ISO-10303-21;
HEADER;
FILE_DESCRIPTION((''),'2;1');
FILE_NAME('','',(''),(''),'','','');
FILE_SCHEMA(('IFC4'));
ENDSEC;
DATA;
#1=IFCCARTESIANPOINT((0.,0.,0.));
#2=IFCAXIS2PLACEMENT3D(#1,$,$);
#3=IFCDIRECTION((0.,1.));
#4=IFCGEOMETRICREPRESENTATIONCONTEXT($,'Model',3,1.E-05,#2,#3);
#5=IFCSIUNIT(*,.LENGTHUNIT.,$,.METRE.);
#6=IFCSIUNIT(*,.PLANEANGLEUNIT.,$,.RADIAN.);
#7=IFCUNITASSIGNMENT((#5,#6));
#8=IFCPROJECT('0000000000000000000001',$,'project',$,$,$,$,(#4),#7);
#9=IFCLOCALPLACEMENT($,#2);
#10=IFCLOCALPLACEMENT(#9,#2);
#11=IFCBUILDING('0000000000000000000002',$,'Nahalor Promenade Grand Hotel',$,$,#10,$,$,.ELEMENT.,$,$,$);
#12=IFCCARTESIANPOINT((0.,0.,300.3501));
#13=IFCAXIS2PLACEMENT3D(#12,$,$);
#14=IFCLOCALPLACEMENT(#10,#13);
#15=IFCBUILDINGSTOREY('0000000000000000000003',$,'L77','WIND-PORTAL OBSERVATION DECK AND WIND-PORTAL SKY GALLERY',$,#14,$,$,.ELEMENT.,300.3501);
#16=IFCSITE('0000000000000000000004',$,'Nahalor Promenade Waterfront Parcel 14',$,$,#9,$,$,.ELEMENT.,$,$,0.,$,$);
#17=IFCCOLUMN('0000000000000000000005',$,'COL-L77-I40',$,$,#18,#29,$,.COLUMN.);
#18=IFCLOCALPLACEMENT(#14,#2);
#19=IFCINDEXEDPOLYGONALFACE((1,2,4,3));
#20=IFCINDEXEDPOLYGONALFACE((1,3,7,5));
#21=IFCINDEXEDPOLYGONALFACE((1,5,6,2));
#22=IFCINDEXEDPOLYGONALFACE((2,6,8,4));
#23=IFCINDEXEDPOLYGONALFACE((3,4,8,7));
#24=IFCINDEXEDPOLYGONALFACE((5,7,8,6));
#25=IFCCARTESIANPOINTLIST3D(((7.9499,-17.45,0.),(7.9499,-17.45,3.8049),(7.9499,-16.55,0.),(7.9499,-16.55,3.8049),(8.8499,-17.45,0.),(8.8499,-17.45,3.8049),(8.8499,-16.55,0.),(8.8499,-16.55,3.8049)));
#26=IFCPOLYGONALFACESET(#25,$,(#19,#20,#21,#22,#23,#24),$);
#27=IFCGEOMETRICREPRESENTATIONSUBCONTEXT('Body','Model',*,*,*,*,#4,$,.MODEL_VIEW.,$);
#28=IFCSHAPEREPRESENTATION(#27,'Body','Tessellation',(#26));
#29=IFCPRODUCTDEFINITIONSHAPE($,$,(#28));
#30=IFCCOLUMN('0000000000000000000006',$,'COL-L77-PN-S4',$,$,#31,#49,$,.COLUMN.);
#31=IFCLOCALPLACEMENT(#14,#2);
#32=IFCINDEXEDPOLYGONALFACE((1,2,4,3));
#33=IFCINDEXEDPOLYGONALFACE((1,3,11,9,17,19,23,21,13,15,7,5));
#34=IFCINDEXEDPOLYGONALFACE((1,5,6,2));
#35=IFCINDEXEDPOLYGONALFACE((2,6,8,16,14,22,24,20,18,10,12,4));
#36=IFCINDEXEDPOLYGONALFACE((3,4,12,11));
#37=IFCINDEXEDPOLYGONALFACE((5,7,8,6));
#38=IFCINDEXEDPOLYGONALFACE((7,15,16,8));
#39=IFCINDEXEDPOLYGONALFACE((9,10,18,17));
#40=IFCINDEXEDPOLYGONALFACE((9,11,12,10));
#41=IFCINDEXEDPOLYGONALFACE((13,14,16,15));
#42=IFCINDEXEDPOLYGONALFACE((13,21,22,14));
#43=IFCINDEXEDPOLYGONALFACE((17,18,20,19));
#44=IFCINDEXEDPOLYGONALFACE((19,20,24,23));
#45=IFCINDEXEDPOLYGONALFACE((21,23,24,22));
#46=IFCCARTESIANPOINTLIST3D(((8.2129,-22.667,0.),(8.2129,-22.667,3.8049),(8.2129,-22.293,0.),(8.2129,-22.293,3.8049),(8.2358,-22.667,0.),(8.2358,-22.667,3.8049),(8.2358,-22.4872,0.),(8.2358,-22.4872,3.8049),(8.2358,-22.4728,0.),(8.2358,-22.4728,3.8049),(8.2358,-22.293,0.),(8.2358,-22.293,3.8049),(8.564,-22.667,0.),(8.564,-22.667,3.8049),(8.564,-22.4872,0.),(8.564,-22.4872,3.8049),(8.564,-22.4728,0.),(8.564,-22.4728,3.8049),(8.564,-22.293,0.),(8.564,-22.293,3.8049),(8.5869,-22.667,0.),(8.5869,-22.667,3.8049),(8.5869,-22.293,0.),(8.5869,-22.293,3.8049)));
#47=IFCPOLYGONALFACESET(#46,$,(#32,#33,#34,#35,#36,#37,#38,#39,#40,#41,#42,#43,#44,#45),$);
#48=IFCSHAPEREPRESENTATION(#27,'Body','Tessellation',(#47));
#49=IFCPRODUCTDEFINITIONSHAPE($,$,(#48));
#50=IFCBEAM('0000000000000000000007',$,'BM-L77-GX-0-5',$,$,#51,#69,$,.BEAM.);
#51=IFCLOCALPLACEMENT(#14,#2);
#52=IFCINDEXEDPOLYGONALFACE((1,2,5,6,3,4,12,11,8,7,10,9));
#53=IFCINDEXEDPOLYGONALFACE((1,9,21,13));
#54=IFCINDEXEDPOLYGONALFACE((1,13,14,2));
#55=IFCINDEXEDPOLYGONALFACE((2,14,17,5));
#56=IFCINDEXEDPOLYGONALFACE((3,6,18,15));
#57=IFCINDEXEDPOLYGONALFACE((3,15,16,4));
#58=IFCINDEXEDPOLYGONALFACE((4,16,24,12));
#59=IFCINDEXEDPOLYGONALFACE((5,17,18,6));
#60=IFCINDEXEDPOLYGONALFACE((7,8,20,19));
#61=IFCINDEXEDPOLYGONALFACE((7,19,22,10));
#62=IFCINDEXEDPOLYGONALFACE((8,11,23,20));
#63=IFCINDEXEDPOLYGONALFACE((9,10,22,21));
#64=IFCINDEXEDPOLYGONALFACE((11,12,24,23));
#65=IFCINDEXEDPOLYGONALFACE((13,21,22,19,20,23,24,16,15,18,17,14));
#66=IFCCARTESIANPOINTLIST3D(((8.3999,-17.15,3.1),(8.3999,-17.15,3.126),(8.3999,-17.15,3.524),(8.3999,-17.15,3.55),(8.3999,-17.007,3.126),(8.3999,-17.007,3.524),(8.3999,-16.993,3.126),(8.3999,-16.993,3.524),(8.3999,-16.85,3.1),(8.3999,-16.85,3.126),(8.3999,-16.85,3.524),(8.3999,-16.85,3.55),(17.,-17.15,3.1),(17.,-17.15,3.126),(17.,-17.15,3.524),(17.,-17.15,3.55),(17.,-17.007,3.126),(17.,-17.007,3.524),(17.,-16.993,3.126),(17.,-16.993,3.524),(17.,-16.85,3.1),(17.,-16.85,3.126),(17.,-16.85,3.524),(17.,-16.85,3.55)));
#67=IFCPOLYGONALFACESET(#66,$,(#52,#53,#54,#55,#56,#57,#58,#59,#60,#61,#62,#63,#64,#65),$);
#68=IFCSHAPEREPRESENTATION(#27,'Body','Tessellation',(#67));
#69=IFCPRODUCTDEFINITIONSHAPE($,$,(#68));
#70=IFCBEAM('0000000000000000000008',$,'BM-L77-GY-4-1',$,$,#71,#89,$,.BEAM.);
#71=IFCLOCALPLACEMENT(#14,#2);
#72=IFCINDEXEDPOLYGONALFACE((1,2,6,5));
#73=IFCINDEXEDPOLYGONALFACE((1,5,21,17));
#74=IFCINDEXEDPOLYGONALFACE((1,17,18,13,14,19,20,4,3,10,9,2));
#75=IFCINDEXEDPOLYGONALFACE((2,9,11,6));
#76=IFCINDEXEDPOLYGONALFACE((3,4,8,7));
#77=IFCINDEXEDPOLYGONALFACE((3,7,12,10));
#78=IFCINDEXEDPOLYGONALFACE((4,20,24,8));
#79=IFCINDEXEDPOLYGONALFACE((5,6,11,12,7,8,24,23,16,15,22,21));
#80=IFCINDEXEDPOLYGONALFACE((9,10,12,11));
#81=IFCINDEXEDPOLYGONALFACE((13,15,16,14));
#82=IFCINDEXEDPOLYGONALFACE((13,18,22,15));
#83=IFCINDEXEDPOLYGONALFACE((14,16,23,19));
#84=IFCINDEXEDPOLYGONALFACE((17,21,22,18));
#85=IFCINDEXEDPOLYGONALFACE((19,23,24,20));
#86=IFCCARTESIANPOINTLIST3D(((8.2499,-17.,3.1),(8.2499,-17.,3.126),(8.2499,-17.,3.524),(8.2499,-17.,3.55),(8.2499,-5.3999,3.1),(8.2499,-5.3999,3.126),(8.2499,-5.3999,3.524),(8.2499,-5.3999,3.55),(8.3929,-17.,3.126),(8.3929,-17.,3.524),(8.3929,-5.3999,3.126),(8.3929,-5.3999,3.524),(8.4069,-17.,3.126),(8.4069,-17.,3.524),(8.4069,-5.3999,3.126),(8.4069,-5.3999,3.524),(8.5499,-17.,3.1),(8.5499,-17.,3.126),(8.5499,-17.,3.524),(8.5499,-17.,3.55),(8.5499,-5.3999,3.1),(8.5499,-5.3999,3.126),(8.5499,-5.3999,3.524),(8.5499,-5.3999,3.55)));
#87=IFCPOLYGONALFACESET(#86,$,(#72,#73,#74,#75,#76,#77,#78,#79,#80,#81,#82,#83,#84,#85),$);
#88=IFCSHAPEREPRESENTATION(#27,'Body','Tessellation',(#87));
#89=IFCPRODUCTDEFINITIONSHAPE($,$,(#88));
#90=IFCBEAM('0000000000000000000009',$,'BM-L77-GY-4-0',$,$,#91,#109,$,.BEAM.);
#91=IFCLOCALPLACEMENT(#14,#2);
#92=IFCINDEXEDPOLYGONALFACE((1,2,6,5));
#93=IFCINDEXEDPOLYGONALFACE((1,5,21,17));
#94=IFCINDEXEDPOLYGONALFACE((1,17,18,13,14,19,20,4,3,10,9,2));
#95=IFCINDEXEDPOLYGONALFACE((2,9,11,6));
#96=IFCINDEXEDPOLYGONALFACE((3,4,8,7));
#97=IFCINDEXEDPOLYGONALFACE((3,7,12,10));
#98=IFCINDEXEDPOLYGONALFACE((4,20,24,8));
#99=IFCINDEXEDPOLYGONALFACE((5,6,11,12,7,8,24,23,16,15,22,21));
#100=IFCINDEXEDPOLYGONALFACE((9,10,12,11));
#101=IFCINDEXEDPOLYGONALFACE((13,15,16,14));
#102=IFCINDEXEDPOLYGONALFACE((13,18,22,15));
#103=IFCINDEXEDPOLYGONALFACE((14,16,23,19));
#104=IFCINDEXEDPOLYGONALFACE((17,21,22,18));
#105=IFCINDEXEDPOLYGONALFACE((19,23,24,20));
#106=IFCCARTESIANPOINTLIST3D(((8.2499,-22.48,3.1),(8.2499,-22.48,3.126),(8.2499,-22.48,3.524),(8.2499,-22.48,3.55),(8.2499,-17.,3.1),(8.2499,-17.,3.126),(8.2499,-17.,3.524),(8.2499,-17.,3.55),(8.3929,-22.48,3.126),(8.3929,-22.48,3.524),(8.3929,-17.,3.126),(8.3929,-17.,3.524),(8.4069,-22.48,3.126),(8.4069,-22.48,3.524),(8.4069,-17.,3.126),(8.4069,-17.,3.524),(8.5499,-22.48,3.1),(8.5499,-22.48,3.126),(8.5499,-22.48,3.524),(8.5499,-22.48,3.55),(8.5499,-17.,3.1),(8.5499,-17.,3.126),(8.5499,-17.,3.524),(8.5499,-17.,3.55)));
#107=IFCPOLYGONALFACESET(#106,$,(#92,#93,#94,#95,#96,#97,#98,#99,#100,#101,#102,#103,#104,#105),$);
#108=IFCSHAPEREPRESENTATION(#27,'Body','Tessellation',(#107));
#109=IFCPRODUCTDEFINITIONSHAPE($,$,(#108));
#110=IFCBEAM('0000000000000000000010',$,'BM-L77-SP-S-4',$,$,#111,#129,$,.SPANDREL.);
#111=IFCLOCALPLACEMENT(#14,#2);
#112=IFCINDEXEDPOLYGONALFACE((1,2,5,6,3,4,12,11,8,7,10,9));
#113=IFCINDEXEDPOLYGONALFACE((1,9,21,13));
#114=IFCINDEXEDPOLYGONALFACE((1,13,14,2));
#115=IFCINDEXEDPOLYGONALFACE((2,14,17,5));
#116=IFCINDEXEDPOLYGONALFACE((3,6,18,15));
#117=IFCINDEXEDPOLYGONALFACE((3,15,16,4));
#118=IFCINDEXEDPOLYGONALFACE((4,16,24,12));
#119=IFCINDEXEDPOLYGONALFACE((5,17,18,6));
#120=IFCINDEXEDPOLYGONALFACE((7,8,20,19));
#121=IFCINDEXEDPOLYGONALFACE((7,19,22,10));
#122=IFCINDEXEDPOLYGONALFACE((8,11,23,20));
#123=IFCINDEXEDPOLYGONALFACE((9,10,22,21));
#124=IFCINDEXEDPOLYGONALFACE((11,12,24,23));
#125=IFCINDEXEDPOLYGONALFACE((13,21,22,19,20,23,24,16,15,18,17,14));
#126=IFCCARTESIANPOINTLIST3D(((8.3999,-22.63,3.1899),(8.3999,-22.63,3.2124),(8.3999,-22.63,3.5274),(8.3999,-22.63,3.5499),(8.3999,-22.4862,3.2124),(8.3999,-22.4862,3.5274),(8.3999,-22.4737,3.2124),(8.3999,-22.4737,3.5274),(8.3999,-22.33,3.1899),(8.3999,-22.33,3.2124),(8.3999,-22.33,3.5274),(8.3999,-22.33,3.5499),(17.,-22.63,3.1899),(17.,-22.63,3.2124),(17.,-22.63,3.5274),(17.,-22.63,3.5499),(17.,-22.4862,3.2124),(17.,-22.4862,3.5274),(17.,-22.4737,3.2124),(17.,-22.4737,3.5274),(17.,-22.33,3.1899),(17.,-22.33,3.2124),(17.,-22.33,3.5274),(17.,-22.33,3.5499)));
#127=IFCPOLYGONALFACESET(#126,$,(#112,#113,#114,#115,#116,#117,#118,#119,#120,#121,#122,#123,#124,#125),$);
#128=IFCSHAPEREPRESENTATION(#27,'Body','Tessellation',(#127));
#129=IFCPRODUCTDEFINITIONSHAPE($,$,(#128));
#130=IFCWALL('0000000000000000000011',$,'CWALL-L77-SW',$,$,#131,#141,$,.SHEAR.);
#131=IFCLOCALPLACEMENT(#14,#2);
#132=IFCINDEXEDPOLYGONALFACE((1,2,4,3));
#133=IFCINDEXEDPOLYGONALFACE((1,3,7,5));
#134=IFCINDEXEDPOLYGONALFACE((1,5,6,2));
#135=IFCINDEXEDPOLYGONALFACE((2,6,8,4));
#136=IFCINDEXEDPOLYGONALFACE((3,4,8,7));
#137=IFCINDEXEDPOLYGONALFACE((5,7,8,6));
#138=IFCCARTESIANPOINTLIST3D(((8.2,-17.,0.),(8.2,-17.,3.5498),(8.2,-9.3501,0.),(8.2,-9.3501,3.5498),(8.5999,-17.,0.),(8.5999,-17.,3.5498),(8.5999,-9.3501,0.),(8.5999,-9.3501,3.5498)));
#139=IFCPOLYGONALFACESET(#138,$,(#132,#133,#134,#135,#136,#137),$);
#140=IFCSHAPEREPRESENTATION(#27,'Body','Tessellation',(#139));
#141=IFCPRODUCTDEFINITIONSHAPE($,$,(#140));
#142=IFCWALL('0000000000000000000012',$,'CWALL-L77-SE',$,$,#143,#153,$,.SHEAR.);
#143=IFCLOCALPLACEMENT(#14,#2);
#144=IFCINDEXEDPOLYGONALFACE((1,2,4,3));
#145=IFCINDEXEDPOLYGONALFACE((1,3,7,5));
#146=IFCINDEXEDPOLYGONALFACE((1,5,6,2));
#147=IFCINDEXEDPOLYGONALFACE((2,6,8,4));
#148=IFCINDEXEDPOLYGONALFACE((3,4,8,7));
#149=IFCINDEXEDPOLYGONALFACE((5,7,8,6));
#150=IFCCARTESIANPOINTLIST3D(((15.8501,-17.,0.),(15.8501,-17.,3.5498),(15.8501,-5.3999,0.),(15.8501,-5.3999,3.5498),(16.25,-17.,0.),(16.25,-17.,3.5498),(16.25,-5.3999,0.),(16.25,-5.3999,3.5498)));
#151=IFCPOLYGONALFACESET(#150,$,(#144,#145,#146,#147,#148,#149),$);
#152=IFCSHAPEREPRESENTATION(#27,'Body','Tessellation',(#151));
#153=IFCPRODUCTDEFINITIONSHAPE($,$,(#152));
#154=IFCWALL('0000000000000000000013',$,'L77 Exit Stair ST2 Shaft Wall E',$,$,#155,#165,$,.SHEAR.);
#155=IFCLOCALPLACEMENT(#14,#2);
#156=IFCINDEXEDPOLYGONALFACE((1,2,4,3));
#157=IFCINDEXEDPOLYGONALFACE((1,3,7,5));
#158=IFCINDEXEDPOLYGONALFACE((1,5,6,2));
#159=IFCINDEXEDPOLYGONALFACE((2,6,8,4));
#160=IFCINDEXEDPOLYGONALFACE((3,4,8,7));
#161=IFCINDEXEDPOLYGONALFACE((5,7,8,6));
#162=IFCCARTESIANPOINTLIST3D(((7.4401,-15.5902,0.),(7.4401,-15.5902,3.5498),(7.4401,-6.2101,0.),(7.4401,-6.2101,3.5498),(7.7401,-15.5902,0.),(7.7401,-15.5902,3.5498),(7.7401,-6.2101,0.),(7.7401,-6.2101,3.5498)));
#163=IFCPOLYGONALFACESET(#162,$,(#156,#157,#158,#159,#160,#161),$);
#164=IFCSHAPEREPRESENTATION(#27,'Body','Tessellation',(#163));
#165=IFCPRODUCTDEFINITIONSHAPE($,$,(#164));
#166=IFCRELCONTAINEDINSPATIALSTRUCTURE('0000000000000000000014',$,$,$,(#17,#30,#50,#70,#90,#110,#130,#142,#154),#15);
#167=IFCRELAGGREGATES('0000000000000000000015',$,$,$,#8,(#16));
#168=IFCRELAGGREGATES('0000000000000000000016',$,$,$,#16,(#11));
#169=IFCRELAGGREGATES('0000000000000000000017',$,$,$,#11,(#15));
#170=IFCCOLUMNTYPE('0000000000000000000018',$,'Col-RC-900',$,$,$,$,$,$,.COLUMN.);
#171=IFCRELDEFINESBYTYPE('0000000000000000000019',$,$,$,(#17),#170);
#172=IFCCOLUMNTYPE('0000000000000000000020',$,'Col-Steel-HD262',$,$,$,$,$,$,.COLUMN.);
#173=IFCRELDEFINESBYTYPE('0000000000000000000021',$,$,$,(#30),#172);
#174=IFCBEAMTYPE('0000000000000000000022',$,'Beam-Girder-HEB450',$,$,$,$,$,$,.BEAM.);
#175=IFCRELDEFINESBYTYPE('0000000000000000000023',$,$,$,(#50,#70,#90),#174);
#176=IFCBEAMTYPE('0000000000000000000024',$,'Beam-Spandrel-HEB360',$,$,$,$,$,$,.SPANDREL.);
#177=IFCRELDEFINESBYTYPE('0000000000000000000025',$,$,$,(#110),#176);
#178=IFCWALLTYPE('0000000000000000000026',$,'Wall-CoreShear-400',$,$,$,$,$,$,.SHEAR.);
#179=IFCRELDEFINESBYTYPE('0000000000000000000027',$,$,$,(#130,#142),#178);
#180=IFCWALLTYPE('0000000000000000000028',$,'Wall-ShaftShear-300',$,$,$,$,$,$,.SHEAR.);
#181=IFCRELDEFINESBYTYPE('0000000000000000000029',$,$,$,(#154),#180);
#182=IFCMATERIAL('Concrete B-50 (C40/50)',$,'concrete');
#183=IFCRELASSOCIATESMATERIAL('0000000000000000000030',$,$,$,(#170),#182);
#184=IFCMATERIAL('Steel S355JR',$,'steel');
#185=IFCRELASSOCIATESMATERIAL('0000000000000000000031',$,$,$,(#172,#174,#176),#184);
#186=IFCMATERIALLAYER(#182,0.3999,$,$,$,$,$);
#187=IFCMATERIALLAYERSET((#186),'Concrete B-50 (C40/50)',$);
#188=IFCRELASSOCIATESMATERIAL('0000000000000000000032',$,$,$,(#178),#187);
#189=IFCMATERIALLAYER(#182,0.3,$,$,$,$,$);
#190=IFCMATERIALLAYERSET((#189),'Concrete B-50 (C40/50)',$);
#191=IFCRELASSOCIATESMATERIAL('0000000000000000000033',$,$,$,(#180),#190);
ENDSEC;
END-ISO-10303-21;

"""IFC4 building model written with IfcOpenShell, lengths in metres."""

from ifc_helpers import new_model, si_unit, direction, frame, frame_2d, origin, origin_2d, place, context, subcontext, project, spatial, rectangle, i_section, extrude, source, transform, mapped, material, layer, layer_set, material_profile, profile_set, type_object, element, save


model = new_model("IFC4")

# Units and contexts
model_context = context("Model", 3, precision=1e-05, world=origin(), true_north=direction((0.0, 1.0)))
body_context = subcontext(model_context, "Body", "Model", "MODEL_VIEW")
ifc_project = project(units=[si_unit("LENGTHUNIT", "METRE"), si_unit("PLANEANGLEUNIT", "RADIAN")], contexts=[model_context])

# Site, building, storey
site_placement = place(None, origin())
site = spatial("IfcSite", under=ifc_project, at=site_placement, Name="Nahalor Promenade Waterfront Parcel 14", CompositionType="ELEMENT", RefElevation=0.0)
building_placement = place(site_placement, origin())
building = spatial("IfcBuilding", under=site, at=building_placement, Name="Nahalor Promenade Grand Hotel", CompositionType="ELEMENT")
storey_placement = place(building_placement, frame((0.0, 0.0, 300.3501)))
storey = spatial("IfcBuildingStorey", under=building, at=storey_placement, Name="L77", Description="WIND-PORTAL OBSERVATION DECK AND WIND-PORTAL SKY GALLERY", CompositionType="ELEMENT", Elevation=300.3501)

# Columns
ifc_material_1 = material(Name="Concrete B-50 (C40/50)", Category="concrete")
ifc_material_profile_1 = material_profile(ifc_material_1, rectangle(XDim=0.9, YDim=0.9, at=origin_2d()), Name="RC 900x900")
ifc_profile_set_1 = profile_set([ifc_material_profile_1], Name="Concrete B-50 (C40/50)")
column_type_1 = type_object("IfcColumnType", Name="Col-RC-900", PredefinedType="COLUMN", material=ifc_profile_set_1)
shared_shape_1 = source(origin(), body_context, "Body", "SweptSolid", [
    extrude(rectangle(XDim=0.9, YDim=0.9, at=origin_2d()), origin(), (0.0, 0.0, 1.0), 3.8049),
])
column_1_placement = place(storey_placement, frame((8.3999, -17.0, 0.0), z_axis=(0.0, 0.0, 1.0), x_axis=(1.0, 0.0, 0.0)))
element("IfcColumn", 1, at=column_1_placement, inside=storey, type_object=column_type_1, Name="COL-L77-I40", PredefinedType="COLUMN", context=body_context, shape_type="MappedRepresentation", body=[
    mapped(shared_shape_1, transform((0.0, 0.0, 0.0), scale=1.0)),
])
ifc_material_2 = material(Name="Steel S355JR", Category="steel")
ifc_material_profile_2 = material_profile(ifc_material_2, i_section(OverallWidth=0.374, OverallDepth=0.374, WebThickness=0.0144, FlangeThickness=0.0229, at=origin_2d()), Name="HD 360x262")
ifc_profile_set_2 = profile_set([ifc_material_profile_2], Name="Steel S355JR")
column_type_2 = type_object("IfcColumnType", Name="Col-Steel-HD262", PredefinedType="COLUMN", material=ifc_profile_set_2)
shared_shape_2 = source(origin(), body_context, "Body", "SweptSolid", [
    extrude(i_section(OverallWidth=0.374, OverallDepth=0.374, WebThickness=0.0144, FlangeThickness=0.0229, at=origin_2d()), origin(), (0.0, 0.0, 1.0), 3.8049),
])
column_2_placement = place(storey_placement, frame((8.3999, -22.48, 0.0), z_axis=(0.0, 0.0, 1.0), x_axis=(0.0, 1.0, 0.0)))
element("IfcColumn", 2, at=column_2_placement, inside=storey, type_object=column_type_2, Name="COL-L77-PN-S4", PredefinedType="COLUMN", context=body_context, shape_type="MappedRepresentation", body=[
    mapped(shared_shape_2, transform((0.0, 0.0, 0.0), scale=1.0)),
])

# Beams
ifc_material_profile_3 = material_profile(ifc_material_2, i_section(OverallWidth=0.3, OverallDepth=0.45, WebThickness=0.014, FlangeThickness=0.026, at=origin_2d()), Name="HEB 450")
ifc_profile_set_3 = profile_set([ifc_material_profile_3], Name="Steel S355JR")
beam_type_1 = type_object("IfcBeamType", Name="Beam-Girder-HEB450", PredefinedType="BEAM", material=ifc_profile_set_3)
shared_shape_3 = source(origin(), body_context, "Body", "SweptSolid", [
    extrude(i_section(OverallWidth=0.3, OverallDepth=0.45, WebThickness=0.014, FlangeThickness=0.026, at=origin_2d()), origin(), (0.0, 0.0, 1.0), 8.6001),
])
beam_1_placement = place(storey_placement, frame((8.3999, -17.0, 3.325), z_axis=(1.0, 0.0, 0.0), x_axis=(0.0, 1.0, 0.0)))
element("IfcBeam", 3, at=beam_1_placement, inside=storey, type_object=beam_type_1, Name="BM-L77-GX-0-5", PredefinedType="BEAM", context=body_context, shape_type="MappedRepresentation", body=[
    mapped(shared_shape_3, transform((0.0, 0.0, 0.0), scale=1.0)),
])
shared_shape_4 = source(origin(), body_context, "Body", "SweptSolid", [
    extrude(i_section(OverallWidth=0.3, OverallDepth=0.45, WebThickness=0.014, FlangeThickness=0.026, at=origin_2d()), origin(), (0.0, 0.0, 1.0), 11.6001),
])
beam_2_placement = place(storey_placement, frame((8.3999, -17.0, 3.325), z_axis=(0.0, 1.0, 0.0), x_axis=(-1.0, 0.0, 0.0)))
element("IfcBeam", 4, at=beam_2_placement, inside=storey, type_object=beam_type_1, Name="BM-L77-GY-4-1", PredefinedType="BEAM", context=body_context, shape_type="MappedRepresentation", body=[
    mapped(shared_shape_4, transform((0.0, 0.0, 0.0), scale=1.0)),
])
shared_shape_5 = source(origin(), body_context, "Body", "SweptSolid", [
    extrude(i_section(OverallWidth=0.3, OverallDepth=0.45, WebThickness=0.014, FlangeThickness=0.026, at=origin_2d()), origin(), (0.0, 0.0, 1.0), 5.48),
])
beam_3_placement = place(storey_placement, frame((8.3999, -22.48, 3.325), z_axis=(0.0, 1.0, 0.0), x_axis=(-1.0, 0.0, 0.0)))
element("IfcBeam", 5, at=beam_3_placement, inside=storey, type_object=beam_type_1, Name="BM-L77-GY-4-0", PredefinedType="BEAM", context=body_context, shape_type="MappedRepresentation", body=[
    mapped(shared_shape_5, transform((0.0, 0.0, 0.0), scale=1.0)),
])
ifc_material_profile_4 = material_profile(ifc_material_2, i_section(OverallWidth=0.3, OverallDepth=0.36, WebThickness=0.0125, FlangeThickness=0.0225, at=origin_2d()), Name="HEB 360")
ifc_profile_set_4 = profile_set([ifc_material_profile_4], Name="Steel S355JR")
beam_type_2 = type_object("IfcBeamType", Name="Beam-Spandrel-HEB360", PredefinedType="SPANDREL", material=ifc_profile_set_4)
shared_shape_6 = source(origin(), body_context, "Body", "SweptSolid", [
    extrude(i_section(OverallWidth=0.3, OverallDepth=0.36, WebThickness=0.0125, FlangeThickness=0.0225, at=origin_2d()), origin(), (0.0, 0.0, 1.0), 8.6001),
])
beam_4_placement = place(storey_placement, frame((8.3999, -22.48, 3.3699), z_axis=(1.0, 0.0, 0.0), x_axis=(0.0, 1.0, 0.0)))
element("IfcBeam", 6, at=beam_4_placement, inside=storey, type_object=beam_type_2, Name="BM-L77-SP-S-4", PredefinedType="SPANDREL", context=body_context, shape_type="MappedRepresentation", body=[
    mapped(shared_shape_6, transform((0.0, 0.0, 0.0), scale=1.0)),
])

# Walls
ifc_layer_1 = layer(ifc_material_1, 0.3999)
ifc_layer_set_1 = layer_set([ifc_layer_1], Name="Concrete B-50 (C40/50)")
wall_type_1 = type_object("IfcWallType", Name="Wall-CoreShear-400", PredefinedType="SHEAR", material=ifc_layer_set_1)
shared_shape_7 = source(origin(), body_context, "Body", "SweptSolid", [
    extrude(rectangle(XDim=7.6499, YDim=0.3999, at=frame_2d((3.825, 0.0))), origin(), (0.0, 0.0, 1.0), 3.5498),
])
wall_1_placement = place(storey_placement, frame((8.3999, -17.0, 0.0), z_axis=(0.0, 0.0, 1.0), x_axis=(0.0, 1.0, 0.0)))
element("IfcWall", 7, at=wall_1_placement, inside=storey, type_object=wall_type_1, Name="CWALL-L77-SW", PredefinedType="SHEAR", context=body_context, shape_type="MappedRepresentation", body=[
    mapped(shared_shape_7, transform((0.0, 0.0, 0.0), scale=1.0)),
])
shared_shape_8 = source(origin(), body_context, "Body", "SweptSolid", [
    extrude(rectangle(XDim=11.6001, YDim=0.3999, at=frame_2d((5.8, 0.0))), origin(), (0.0, 0.0, 1.0), 3.5498),
])
wall_2_placement = place(storey_placement, frame((16.05, -17.0, 0.0), z_axis=(0.0, 0.0, 1.0), x_axis=(0.0, 1.0, 0.0)))
element("IfcWall", 8, at=wall_2_placement, inside=storey, type_object=wall_type_1, Name="CWALL-L77-SE", PredefinedType="SHEAR", context=body_context, shape_type="MappedRepresentation", body=[
    mapped(shared_shape_8, transform((0.0, 0.0, 0.0), scale=1.0)),
])
ifc_layer_2 = layer(ifc_material_1, 0.3)
ifc_layer_set_2 = layer_set([ifc_layer_2], Name="Concrete B-50 (C40/50)")
wall_type_2 = type_object("IfcWallType", Name="Wall-ShaftShear-300", PredefinedType="SHEAR", material=ifc_layer_set_2)
shared_shape_9 = source(origin(), body_context, "Body", "SweptSolid", [
    extrude(rectangle(XDim=9.3801, YDim=0.3, at=frame_2d((4.6899, 0.0))), origin(), (0.0, 0.0, 1.0), 3.5498),
])
wall_3_placement = place(storey_placement, frame((7.5901, -15.5901, 0.0), z_axis=(0.0, 0.0, 1.0), x_axis=(0.0, 1.0, 0.0)))
element("IfcWall", 9, at=wall_3_placement, inside=storey, type_object=wall_type_2, Name="L77 Exit Stair ST2 Shaft Wall E", PredefinedType="SHEAR", context=body_context, shape_type="MappedRepresentation", body=[
    mapped(shared_shape_9, transform((0.0, 0.0, 0.0), scale=1.0)),
])

save(model, "model.ifc")
